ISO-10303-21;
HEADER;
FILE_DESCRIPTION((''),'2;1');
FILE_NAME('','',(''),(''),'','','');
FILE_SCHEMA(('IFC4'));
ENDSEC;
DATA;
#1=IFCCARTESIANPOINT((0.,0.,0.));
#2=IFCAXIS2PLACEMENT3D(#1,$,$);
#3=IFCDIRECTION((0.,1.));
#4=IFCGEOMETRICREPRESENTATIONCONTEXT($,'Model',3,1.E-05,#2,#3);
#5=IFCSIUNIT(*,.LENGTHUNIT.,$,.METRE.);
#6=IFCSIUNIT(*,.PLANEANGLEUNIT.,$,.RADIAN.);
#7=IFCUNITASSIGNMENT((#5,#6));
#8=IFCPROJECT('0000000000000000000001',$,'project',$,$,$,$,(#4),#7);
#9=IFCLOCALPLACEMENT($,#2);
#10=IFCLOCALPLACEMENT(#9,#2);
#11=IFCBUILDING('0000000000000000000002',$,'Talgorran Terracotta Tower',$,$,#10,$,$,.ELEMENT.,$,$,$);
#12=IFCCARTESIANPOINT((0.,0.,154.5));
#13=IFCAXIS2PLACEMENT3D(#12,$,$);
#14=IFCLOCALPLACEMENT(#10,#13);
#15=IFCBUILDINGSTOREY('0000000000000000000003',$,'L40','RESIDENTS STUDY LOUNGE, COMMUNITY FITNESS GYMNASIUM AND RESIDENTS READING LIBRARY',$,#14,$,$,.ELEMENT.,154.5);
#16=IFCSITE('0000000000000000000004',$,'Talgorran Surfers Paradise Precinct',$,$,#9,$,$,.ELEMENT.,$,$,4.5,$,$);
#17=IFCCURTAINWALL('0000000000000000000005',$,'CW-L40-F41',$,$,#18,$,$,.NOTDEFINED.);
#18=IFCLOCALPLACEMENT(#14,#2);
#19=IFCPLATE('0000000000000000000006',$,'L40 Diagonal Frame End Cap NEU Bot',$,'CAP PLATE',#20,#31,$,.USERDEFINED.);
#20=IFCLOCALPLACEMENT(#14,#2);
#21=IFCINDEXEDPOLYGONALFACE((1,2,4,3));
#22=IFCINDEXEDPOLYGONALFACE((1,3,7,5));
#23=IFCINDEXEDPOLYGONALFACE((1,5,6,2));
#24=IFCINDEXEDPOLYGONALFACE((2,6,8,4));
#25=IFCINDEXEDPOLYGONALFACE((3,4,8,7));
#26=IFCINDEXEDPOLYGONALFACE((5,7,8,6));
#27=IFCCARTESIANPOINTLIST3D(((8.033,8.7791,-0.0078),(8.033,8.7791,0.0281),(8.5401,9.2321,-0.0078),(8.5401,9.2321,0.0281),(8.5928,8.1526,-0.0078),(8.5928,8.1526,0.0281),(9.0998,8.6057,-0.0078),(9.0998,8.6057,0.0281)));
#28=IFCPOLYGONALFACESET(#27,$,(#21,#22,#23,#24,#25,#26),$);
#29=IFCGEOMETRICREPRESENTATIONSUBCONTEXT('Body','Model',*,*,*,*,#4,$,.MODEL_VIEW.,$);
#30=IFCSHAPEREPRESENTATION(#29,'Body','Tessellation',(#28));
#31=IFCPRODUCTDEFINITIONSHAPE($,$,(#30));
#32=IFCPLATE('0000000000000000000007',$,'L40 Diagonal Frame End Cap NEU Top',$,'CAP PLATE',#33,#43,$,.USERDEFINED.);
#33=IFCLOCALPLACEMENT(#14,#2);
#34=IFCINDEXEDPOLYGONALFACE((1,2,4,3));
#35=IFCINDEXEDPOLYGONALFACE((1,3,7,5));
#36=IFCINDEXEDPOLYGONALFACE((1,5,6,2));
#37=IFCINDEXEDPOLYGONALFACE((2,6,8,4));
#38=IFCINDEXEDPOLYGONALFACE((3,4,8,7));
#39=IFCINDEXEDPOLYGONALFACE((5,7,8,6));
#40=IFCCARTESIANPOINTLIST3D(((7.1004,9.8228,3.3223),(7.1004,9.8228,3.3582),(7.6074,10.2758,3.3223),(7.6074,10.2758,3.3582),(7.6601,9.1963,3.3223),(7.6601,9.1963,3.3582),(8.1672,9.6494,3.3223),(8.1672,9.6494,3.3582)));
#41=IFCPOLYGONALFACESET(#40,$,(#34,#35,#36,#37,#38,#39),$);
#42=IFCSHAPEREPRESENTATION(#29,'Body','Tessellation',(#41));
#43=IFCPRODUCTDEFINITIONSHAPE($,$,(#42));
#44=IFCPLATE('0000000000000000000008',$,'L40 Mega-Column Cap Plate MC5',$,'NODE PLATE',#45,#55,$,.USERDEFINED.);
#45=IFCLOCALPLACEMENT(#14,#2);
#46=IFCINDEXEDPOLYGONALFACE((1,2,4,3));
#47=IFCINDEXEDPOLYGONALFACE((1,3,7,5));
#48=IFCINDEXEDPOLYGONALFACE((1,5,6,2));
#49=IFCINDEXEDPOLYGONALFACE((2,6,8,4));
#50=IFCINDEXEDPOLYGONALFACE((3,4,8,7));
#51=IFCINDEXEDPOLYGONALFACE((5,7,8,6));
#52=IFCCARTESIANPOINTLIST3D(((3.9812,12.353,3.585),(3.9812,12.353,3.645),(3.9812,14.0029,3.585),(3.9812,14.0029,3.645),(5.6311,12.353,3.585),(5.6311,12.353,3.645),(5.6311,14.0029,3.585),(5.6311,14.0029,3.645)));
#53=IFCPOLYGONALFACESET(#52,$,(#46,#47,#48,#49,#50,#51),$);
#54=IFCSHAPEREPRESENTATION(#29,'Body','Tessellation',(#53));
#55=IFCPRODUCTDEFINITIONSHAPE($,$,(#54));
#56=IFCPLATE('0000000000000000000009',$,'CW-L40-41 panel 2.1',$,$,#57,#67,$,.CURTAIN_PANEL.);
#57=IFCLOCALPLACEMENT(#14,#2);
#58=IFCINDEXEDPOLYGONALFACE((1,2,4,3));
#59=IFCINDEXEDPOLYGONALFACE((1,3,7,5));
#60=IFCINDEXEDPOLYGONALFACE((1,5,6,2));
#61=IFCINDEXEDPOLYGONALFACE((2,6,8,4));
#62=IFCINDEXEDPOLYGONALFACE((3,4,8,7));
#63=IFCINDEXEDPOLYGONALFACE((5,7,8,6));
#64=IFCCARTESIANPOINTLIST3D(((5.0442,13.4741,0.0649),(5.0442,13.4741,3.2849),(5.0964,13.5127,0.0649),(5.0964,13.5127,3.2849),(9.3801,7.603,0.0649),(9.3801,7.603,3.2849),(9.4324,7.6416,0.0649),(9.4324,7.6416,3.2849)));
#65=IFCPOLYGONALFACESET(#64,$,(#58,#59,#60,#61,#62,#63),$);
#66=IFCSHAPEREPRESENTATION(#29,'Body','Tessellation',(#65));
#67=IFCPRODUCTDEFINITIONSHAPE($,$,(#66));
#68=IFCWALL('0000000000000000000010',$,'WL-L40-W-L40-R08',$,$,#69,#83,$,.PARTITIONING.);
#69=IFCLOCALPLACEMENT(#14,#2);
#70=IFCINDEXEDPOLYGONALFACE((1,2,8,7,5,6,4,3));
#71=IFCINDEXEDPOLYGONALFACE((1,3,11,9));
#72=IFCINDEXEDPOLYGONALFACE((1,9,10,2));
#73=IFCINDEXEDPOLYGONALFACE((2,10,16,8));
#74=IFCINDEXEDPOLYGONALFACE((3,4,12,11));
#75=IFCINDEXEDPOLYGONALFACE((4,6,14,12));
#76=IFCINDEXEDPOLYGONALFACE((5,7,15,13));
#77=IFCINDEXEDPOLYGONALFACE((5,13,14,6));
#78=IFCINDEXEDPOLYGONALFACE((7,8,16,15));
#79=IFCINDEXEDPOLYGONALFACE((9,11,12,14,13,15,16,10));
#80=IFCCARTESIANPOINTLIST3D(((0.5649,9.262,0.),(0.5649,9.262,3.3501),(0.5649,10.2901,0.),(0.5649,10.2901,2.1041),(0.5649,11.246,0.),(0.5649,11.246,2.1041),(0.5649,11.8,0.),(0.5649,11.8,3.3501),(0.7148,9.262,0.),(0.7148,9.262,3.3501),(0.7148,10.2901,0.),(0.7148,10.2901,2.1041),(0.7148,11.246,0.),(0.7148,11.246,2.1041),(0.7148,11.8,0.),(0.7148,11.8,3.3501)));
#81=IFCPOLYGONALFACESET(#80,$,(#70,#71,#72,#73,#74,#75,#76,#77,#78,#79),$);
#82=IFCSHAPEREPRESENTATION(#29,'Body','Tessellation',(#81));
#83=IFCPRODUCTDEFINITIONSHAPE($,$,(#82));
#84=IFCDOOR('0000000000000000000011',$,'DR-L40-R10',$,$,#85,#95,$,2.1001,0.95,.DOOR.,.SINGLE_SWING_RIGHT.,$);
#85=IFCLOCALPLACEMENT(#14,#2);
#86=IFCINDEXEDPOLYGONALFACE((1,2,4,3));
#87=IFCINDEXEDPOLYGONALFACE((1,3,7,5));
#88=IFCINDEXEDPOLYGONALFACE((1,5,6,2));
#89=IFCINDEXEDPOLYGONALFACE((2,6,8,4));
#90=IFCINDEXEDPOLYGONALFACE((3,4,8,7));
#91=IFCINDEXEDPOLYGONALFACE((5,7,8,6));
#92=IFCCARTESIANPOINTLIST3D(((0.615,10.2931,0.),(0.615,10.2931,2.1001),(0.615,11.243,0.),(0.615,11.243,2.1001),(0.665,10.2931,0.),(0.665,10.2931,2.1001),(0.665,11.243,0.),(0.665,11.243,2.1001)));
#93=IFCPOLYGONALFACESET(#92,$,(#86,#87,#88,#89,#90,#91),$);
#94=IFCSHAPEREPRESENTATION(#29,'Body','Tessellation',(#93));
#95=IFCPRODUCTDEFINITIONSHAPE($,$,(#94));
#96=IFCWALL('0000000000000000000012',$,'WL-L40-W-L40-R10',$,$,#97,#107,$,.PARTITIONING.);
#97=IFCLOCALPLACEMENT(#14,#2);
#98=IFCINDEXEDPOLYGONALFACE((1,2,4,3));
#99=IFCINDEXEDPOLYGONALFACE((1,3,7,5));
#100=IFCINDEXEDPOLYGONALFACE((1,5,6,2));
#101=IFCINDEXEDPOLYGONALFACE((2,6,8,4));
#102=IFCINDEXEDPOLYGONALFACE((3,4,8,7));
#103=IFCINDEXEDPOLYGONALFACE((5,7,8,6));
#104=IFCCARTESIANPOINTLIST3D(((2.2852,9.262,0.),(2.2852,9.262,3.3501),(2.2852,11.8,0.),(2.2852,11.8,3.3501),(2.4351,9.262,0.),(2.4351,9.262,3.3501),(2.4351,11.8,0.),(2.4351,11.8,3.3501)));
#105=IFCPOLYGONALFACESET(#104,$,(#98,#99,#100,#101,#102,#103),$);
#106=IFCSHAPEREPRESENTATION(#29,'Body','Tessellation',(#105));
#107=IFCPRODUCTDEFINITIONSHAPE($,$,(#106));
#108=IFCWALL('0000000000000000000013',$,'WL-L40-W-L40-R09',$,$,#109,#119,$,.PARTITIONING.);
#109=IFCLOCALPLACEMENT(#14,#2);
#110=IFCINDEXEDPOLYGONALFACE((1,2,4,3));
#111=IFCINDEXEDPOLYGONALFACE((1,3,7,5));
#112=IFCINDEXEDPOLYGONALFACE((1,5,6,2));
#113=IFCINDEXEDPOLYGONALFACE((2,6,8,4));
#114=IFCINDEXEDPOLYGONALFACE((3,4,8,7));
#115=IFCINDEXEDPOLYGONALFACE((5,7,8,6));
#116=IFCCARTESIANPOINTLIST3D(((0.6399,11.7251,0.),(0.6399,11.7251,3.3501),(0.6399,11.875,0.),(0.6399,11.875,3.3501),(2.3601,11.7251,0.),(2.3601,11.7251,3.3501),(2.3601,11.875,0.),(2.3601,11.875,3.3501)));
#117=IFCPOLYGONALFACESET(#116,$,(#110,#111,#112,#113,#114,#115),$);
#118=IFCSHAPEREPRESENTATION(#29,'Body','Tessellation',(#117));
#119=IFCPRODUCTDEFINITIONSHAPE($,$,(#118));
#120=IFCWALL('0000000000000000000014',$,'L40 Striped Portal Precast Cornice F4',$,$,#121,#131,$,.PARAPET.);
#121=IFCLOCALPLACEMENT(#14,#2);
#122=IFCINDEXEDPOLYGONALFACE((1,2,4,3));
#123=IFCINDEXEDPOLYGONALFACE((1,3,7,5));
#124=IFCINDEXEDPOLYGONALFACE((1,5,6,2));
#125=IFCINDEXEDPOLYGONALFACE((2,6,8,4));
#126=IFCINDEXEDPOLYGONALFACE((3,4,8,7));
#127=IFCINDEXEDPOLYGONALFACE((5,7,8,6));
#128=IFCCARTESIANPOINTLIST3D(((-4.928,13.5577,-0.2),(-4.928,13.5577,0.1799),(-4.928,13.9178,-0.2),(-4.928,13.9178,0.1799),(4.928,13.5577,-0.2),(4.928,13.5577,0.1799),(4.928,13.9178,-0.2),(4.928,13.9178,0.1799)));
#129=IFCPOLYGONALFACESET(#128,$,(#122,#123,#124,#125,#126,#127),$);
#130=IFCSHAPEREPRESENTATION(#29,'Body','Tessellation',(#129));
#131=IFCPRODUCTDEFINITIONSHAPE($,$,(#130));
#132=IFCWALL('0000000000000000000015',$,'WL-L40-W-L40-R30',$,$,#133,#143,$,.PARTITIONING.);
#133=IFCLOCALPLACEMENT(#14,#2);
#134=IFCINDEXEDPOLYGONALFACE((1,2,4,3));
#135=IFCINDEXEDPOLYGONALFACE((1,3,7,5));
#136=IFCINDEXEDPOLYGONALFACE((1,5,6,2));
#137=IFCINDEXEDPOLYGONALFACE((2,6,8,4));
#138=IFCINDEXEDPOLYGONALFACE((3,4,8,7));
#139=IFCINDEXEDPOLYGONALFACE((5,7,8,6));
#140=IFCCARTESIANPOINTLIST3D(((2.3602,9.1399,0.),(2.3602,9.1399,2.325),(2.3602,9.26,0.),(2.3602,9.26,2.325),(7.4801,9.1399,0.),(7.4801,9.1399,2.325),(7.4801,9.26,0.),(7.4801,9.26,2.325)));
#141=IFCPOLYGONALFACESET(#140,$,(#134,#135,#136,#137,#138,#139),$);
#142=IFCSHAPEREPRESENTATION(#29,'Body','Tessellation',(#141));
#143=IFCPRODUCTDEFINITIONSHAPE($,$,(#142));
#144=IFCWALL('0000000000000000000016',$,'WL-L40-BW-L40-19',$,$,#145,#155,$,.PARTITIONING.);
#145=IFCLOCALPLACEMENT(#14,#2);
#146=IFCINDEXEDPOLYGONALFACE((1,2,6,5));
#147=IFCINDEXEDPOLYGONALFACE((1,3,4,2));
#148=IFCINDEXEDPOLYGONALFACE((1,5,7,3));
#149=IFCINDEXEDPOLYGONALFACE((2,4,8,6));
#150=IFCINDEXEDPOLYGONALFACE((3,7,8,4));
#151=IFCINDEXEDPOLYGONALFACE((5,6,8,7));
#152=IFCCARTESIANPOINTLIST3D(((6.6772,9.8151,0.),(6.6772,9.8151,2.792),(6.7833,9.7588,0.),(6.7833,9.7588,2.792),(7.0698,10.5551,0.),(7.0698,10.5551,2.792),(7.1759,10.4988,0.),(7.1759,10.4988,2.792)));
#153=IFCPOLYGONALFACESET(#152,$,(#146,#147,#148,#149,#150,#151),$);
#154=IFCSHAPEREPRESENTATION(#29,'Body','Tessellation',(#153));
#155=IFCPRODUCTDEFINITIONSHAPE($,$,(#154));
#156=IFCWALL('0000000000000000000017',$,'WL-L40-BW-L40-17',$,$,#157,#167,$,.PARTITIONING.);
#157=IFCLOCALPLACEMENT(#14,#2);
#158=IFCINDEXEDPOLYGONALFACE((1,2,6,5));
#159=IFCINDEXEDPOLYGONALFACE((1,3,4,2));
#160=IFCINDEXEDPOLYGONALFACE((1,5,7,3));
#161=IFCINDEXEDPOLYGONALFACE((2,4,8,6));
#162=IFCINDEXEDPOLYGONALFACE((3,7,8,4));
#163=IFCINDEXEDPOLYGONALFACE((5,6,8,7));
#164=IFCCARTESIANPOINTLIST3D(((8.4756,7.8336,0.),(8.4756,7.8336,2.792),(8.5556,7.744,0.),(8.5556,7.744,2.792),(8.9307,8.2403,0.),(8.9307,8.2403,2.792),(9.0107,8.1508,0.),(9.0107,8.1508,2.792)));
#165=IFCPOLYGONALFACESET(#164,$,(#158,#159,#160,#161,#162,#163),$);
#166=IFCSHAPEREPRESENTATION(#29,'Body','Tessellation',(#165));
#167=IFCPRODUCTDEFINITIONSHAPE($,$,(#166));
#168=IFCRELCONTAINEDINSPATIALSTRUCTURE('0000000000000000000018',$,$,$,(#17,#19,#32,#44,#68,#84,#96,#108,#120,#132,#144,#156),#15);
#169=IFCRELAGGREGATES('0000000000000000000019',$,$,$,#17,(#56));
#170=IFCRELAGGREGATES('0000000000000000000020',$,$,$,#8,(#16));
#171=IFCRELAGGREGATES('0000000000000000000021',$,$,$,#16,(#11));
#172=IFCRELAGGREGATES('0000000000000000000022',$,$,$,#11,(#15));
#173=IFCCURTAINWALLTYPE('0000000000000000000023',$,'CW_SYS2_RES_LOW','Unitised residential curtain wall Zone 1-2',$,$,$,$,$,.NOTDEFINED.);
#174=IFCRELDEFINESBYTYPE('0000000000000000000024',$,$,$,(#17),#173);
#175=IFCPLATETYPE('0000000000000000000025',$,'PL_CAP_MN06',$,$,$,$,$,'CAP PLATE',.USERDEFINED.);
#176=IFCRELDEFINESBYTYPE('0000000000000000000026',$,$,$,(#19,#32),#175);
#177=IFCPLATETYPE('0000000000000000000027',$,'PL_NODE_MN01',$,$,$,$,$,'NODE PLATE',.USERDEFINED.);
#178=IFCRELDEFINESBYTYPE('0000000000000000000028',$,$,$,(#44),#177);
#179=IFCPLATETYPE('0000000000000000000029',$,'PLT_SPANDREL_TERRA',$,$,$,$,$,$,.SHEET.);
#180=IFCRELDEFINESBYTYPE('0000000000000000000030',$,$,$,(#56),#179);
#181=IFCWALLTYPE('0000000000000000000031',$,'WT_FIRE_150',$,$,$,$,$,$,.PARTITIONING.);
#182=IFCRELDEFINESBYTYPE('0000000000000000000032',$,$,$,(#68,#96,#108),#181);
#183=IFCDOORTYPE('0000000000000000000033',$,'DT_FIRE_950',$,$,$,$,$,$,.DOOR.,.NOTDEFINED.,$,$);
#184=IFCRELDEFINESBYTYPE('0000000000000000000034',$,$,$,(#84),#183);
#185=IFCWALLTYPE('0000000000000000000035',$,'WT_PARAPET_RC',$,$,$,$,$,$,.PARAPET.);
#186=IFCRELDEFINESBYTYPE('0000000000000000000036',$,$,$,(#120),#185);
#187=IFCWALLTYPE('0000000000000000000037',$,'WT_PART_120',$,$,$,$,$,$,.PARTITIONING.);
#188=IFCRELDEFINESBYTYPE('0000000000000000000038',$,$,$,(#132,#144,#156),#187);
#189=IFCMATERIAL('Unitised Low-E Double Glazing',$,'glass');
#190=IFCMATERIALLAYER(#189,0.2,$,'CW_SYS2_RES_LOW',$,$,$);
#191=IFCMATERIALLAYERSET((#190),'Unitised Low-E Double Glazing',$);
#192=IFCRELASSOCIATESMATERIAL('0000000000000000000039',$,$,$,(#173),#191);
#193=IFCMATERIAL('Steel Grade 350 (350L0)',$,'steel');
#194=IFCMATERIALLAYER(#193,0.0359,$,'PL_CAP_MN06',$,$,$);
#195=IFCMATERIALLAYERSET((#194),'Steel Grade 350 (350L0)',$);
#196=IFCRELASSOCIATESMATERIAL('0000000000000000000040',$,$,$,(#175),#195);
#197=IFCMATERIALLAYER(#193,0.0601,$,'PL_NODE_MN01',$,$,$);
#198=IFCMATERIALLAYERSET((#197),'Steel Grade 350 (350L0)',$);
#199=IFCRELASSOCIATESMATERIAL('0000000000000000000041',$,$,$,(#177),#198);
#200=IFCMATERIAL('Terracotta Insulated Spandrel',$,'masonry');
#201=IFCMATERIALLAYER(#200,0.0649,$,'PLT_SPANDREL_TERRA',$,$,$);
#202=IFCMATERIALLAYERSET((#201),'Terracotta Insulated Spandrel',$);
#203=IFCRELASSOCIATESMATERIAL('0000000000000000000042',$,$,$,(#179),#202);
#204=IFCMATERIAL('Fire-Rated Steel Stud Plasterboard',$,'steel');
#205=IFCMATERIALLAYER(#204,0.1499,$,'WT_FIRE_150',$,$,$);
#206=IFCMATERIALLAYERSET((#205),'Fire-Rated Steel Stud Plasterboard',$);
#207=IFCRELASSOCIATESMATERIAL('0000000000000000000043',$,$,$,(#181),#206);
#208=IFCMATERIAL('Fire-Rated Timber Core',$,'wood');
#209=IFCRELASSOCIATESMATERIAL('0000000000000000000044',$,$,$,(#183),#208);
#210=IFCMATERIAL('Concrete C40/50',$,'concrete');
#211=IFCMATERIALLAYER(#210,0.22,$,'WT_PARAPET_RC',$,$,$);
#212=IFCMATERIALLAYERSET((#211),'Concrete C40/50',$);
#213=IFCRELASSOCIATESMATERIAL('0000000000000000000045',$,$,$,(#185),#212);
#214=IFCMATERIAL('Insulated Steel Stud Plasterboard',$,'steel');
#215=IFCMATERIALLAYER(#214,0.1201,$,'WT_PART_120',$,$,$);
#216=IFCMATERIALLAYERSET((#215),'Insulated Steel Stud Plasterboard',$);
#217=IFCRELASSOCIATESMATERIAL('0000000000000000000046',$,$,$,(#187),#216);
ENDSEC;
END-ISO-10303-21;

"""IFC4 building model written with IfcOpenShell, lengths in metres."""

from ifc_helpers import new_model, si_unit, direction, frame, frame_2d, origin, origin_2d, place, context, subcontext, project, spatial, rectangle, extrude, source, transform, mapped, material, layer, layer_set, type_object, type_shapes, element, fill, aggregate, save


model = new_model("IFC4")

# Units and contexts
model_context = context("Model", 3, precision=1e-05, world=origin(), true_north=direction((0.0, 1.0)))
body_context = subcontext(model_context, "Body", "Model", "MODEL_VIEW")
ifc_project = project(units=[si_unit("LENGTHUNIT", "METRE"), si_unit("PLANEANGLEUNIT", "RADIAN")], contexts=[model_context])

# Site, building, storey
site_placement = place(None, origin())
site = spatial("IfcSite", under=ifc_project, at=site_placement, Name="Talgorran Surfers Paradise Precinct", CompositionType="ELEMENT", RefElevation=4.5)
building_placement = place(site_placement, origin())
building = spatial("IfcBuilding", under=site, at=building_placement, Name="Talgorran Terracotta Tower", CompositionType="ELEMENT")
storey_placement = place(building_placement, frame((0.0, 0.0, 154.5)))
storey = spatial("IfcBuildingStorey", under=building, at=storey_placement, Name="L40", Description="RESIDENTS STUDY LOUNGE, COMMUNITY FITNESS GYMNASIUM AND RESIDENTS READING LIBRARY", CompositionType="ELEMENT", Elevation=154.5)

# Shared definitions
ifc_material_1 = material(Name="Steel Grade 350 (350L0)", Category="steel")

# Curtain wall
ifc_material_2 = material(Name="Unitised Low-E Double Glazing", Category="glass")
ifc_layer_1 = layer(ifc_material_2, 0.2, Name="CW_SYS2_RES_LOW")
ifc_layer_set_1 = layer_set([ifc_layer_1], Name="Unitised Low-E Double Glazing")
curtain_wall_type = type_object("IfcCurtainWallType", Name="CW_SYS2_RES_LOW", Description="Unitised residential curtain wall Zone 1-2", PredefinedType="NOTDEFINED", material=ifc_layer_set_1)
curtain_wall_1_placement = place(storey_placement, origin())
curtain_wall_1 = element("IfcCurtainWall", 1, at=curtain_wall_1_placement, inside=storey, type_object=curtain_wall_type, Name="CW-L40-F41", PredefinedType="NOTDEFINED")

# Plates
ifc_layer_2 = layer(ifc_material_1, 0.0359, Name="PL_CAP_MN06")
ifc_layer_set_2 = layer_set([ifc_layer_2], Name="Steel Grade 350 (350L0)")
plate_type_1 = type_object("IfcPlateType", Name="PL_CAP_MN06", ElementType="CAP PLATE", PredefinedType="USERDEFINED", material=ifc_layer_set_2)
for number, where, z_axis, x_axis, name in (
    (2, (8.5664, 8.6924, -0.0078), (0.0, 0.0, 1.0), (-0.666272, 0.745709, 0.0), "L40 Diagonal Frame End Cap NEU Bot"),
    (3, (7.6338, 9.7361, 3.3223), (0.0, 0.0, 1.0), (-0.666272, 0.745709, 0.0), "L40 Diagonal Frame End Cap NEU Top"),
):
    element("IfcPlate", number, at=place(storey_placement, frame(where, z_axis=z_axis, x_axis=x_axis)), inside=storey, type_object=plate_type_1, Name=name, ObjectType="CAP PLATE", PredefinedType="USERDEFINED", context=body_context, shape_type="SweptSolid", body=[
        extrude(rectangle(XDim=0.8401, YDim=0.6799, at=origin_2d()), origin(), (0.0, 0.0, 1.0), 0.0359),
    ])
ifc_layer_3 = layer(ifc_material_1, 0.0601, Name="PL_NODE_MN01")
ifc_layer_set_3 = layer_set([ifc_layer_3], Name="Steel Grade 350 (350L0)")
plate_type_2 = type_object("IfcPlateType", Name="PL_NODE_MN01", ElementType="NODE PLATE", PredefinedType="USERDEFINED", material=ifc_layer_set_3)
plate_1_placement = place(storey_placement, frame((4.8062, 13.178, 3.585), z_axis=(0.0, 0.0, 1.0), x_axis=(1.0, 0.0, 0.0)))
element("IfcPlate", 4, at=plate_1_placement, inside=storey, type_object=plate_type_2, Name="L40 Mega-Column Cap Plate MC5", ObjectType="NODE PLATE", PredefinedType="USERDEFINED", context=body_context, shape_type="SweptSolid", body=[
    extrude(rectangle(XDim=1.6499, YDim=1.6499, at=origin_2d()), origin(), (0.0, 0.0, 1.0), 0.0601),
])

# Plate
ifc_material_3 = material(Name="Terracotta Insulated Spandrel", Category="masonry")
ifc_layer_4 = layer(ifc_material_3, 0.0649, Name="PLT_SPANDREL_TERRA")
ifc_layer_set_4 = layer_set([ifc_layer_4], Name="Terracotta Insulated Spandrel")
plate_type_3 = type_object("IfcPlateType", Name="PLT_SPANDREL_TERRA", PredefinedType="SHEET", material=ifc_layer_set_4)
shared_shape = source(origin(), body_context, "Body", "SweptSolid", [
    extrude(rectangle(XDim=7.2986, YDim=0.0649, at=origin_2d()), origin(), (0.0, 0.0, 1.0), 3.22),
])
type_shapes(plate_type_3, [shared_shape])
plate_2_placement = place(storey_placement, frame((7.2383, 10.5579, 0.0649), z_axis=(0.0, 0.0, 1.0), x_axis=(-0.594075, 0.80441, 0.0)))
plate_2 = element("IfcPlate", 5, at=plate_2_placement, type_object=plate_type_3, Name="CW-L40-41 panel 2.1", PredefinedType="CURTAIN_PANEL", context=body_context, shape_type="MappedRepresentation", body=[
    mapped(shared_shape, transform((0.0, 0.0, 0.0), scale=1.0)),
])
aggregate(curtain_wall_1, [plate_2])

# Wall, opening, door
ifc_material_4 = material(Name="Fire-Rated Steel Stud Plasterboard", Category="steel")
ifc_layer_5 = layer(ifc_material_4, 0.1499, Name="WT_FIRE_150")
ifc_layer_set_5 = layer_set([ifc_layer_5], Name="Fire-Rated Steel Stud Plasterboard")
wall_type_1 = type_object("IfcWallType", Name="WT_FIRE_150", PredefinedType="PARTITIONING", material=ifc_layer_set_5)
wall_1_placement = place(storey_placement, frame((0.6399, 9.262, 0.0), z_axis=(0.0, 0.0, 1.0), x_axis=(0.0, 1.0, 0.0)))
wall_1 = element("IfcWall", 6, at=wall_1_placement, inside=storey, type_object=wall_type_1, Name="WL-L40-W-L40-R08", PredefinedType="PARTITIONING", context=body_context, shape_type="SweptSolid", body=[
    extrude(rectangle(XDim=2.5381, YDim=0.1499, at=frame_2d((1.269, 0.0))), origin(), (0.0, 0.0, 1.0), 3.3501),
])
opening_placement = place(wall_1_placement, frame((1.031, 0.0, 0.0)))
opening = element("IfcOpeningElement", 7, at=opening_placement, cuts=wall_1, PredefinedType="OPENING", context=body_context, shape_type="SweptSolid", body=[
    extrude(rectangle(XDim=0.956, YDim=2.1041, at=frame_2d((0.4751, 1.052))), frame((0.0, 0.085, 0.0), z_axis=(0.0, -1.0, 0.0), x_axis=(1.0, 0.0, 0.0)), (0.0, 0.0, 1.0), 0.1699),
])
ifc_material_5 = material(Name="Fire-Rated Timber Core", Category="wood")
door_type = type_object("IfcDoorType", Name="DT_FIRE_950", OperationType="NOTDEFINED", PredefinedType="DOOR", material=ifc_material_5)
door_placement = place(opening_placement, origin())
door = element("IfcDoor", 8, at=door_placement, inside=storey, type_object=door_type, Name="DR-L40-R10", OperationType="SINGLE_SWING_RIGHT", OverallHeight=2.1001, OverallWidth=0.95, PredefinedType="DOOR", context=body_context, shape_type="SweptSolid", body=[
    extrude(rectangle(XDim=0.95, YDim=2.1001, at=frame_2d((0.4751, 1.05))), frame((0.0, 0.0249, 0.0), z_axis=(0.0, -1.0, 0.0), x_axis=(1.0, 0.0, 0.0)), (0.0, 0.0, 1.0), 0.05),
])
fill(opening, door)

# Walls
wall_2_placement = place(storey_placement, frame((2.3601, 9.262, 0.0), z_axis=(0.0, 0.0, 1.0), x_axis=(0.0, 1.0, 0.0)))
element("IfcWall", 9, at=wall_2_placement, inside=storey, type_object=wall_type_1, Name="WL-L40-W-L40-R10", PredefinedType="PARTITIONING", context=body_context, shape_type="SweptSolid", body=[
    extrude(rectangle(XDim=2.5381, YDim=0.1499, at=frame_2d((1.269, 0.0))), origin(), (0.0, 0.0, 1.0), 3.3501),
])
wall_3_placement = place(storey_placement, frame((0.6399, 11.8, 0.0), z_axis=(0.0, 0.0, 1.0), x_axis=(1.0, 0.0, 0.0)))
element("IfcWall", 10, at=wall_3_placement, inside=storey, type_object=wall_type_1, Name="WL-L40-W-L40-R09", PredefinedType="PARTITIONING", context=body_context, shape_type="SweptSolid", body=[
    extrude(rectangle(XDim=1.7202, YDim=0.1499, at=frame_2d((0.8601, 0.0))), origin(), (0.0, 0.0, 1.0), 3.3501),
])
ifc_material_6 = material(Name="Concrete C40/50", Category="concrete")
ifc_layer_6 = layer(ifc_material_6, 0.22, Name="WT_PARAPET_RC")
ifc_layer_set_6 = layer_set([ifc_layer_6], Name="Concrete C40/50")
wall_type_2 = type_object("IfcWallType", Name="WT_PARAPET_RC", PredefinedType="PARAPET", material=ifc_layer_set_6)
wall_4_placement = place(storey_placement, frame((4.928, 13.7378, -0.2), z_axis=(0.0, 0.0, 1.0), x_axis=(-1.0, 0.0, 0.0)))
element("IfcWall", 11, at=wall_4_placement, inside=storey, type_object=wall_type_2, Name="L40 Striped Portal Precast Cornice F4", PredefinedType="PARAPET", context=body_context, shape_type="SweptSolid", body=[
    extrude(rectangle(XDim=9.856, YDim=0.3601, at=frame_2d((4.928, 0.0))), origin(), (0.0, 0.0, 1.0), 0.3799),
])
ifc_material_7 = material(Name="Insulated Steel Stud Plasterboard", Category="steel")
ifc_layer_7 = layer(ifc_material_7, 0.1201, Name="WT_PART_120")
ifc_layer_set_7 = layer_set([ifc_layer_7], Name="Insulated Steel Stud Plasterboard")
wall_type_3 = type_object("IfcWallType", Name="WT_PART_120", PredefinedType="PARTITIONING", material=ifc_layer_set_7)
wall_5_placement = place(storey_placement, frame((2.3601, 9.2, 0.0), z_axis=(0.0, 0.0, 1.0), x_axis=(1.0, 0.0, 0.0)))
element("IfcWall", 12, at=wall_5_placement, inside=storey, type_object=wall_type_3, Name="WL-L40-W-L40-R30", PredefinedType="PARTITIONING", context=body_context, shape_type="SweptSolid", body=[
    extrude(rectangle(XDim=5.1199, YDim=0.1201, at=frame_2d((2.5601, 0.0))), origin(), (0.0, 0.0, 1.0), 2.325),
])
wall_6_placement = place(storey_placement, frame((6.7302, 9.7869, 0.0), z_axis=(0.0, 0.0, 1.0), x_axis=(0.468651, 0.883383, 0.0)))
element("IfcWall", 13, at=wall_6_placement, inside=storey, type_object=wall_type_3, Name="WL-L40-BW-L40-19", PredefinedType="PARTITIONING", context=body_context, shape_type="SweptSolid", body=[
    extrude(rectangle(XDim=0.8376, YDim=0.1201, at=frame_2d((0.4189, 0.0))), origin(), (0.0, 0.0, 1.0), 2.792),
])
wall_7_placement = place(storey_placement, frame((8.9707, 8.1956, 0.0), z_axis=(0.0, 0.0, 1.0), x_axis=(-0.745597, -0.666397, 0.0)))
element("IfcWall", 14, at=wall_7_placement, inside=storey, type_object=wall_type_3, Name="WL-L40-BW-L40-17", PredefinedType="PARTITIONING", context=body_context, shape_type="SweptSolid", body=[
    extrude(rectangle(XDim=0.6104, YDim=0.1201, at=frame_2d((0.3052, 0.0))), origin(), (0.0, 0.0, 1.0), 2.792),
])

save(model, "model.ifc")
